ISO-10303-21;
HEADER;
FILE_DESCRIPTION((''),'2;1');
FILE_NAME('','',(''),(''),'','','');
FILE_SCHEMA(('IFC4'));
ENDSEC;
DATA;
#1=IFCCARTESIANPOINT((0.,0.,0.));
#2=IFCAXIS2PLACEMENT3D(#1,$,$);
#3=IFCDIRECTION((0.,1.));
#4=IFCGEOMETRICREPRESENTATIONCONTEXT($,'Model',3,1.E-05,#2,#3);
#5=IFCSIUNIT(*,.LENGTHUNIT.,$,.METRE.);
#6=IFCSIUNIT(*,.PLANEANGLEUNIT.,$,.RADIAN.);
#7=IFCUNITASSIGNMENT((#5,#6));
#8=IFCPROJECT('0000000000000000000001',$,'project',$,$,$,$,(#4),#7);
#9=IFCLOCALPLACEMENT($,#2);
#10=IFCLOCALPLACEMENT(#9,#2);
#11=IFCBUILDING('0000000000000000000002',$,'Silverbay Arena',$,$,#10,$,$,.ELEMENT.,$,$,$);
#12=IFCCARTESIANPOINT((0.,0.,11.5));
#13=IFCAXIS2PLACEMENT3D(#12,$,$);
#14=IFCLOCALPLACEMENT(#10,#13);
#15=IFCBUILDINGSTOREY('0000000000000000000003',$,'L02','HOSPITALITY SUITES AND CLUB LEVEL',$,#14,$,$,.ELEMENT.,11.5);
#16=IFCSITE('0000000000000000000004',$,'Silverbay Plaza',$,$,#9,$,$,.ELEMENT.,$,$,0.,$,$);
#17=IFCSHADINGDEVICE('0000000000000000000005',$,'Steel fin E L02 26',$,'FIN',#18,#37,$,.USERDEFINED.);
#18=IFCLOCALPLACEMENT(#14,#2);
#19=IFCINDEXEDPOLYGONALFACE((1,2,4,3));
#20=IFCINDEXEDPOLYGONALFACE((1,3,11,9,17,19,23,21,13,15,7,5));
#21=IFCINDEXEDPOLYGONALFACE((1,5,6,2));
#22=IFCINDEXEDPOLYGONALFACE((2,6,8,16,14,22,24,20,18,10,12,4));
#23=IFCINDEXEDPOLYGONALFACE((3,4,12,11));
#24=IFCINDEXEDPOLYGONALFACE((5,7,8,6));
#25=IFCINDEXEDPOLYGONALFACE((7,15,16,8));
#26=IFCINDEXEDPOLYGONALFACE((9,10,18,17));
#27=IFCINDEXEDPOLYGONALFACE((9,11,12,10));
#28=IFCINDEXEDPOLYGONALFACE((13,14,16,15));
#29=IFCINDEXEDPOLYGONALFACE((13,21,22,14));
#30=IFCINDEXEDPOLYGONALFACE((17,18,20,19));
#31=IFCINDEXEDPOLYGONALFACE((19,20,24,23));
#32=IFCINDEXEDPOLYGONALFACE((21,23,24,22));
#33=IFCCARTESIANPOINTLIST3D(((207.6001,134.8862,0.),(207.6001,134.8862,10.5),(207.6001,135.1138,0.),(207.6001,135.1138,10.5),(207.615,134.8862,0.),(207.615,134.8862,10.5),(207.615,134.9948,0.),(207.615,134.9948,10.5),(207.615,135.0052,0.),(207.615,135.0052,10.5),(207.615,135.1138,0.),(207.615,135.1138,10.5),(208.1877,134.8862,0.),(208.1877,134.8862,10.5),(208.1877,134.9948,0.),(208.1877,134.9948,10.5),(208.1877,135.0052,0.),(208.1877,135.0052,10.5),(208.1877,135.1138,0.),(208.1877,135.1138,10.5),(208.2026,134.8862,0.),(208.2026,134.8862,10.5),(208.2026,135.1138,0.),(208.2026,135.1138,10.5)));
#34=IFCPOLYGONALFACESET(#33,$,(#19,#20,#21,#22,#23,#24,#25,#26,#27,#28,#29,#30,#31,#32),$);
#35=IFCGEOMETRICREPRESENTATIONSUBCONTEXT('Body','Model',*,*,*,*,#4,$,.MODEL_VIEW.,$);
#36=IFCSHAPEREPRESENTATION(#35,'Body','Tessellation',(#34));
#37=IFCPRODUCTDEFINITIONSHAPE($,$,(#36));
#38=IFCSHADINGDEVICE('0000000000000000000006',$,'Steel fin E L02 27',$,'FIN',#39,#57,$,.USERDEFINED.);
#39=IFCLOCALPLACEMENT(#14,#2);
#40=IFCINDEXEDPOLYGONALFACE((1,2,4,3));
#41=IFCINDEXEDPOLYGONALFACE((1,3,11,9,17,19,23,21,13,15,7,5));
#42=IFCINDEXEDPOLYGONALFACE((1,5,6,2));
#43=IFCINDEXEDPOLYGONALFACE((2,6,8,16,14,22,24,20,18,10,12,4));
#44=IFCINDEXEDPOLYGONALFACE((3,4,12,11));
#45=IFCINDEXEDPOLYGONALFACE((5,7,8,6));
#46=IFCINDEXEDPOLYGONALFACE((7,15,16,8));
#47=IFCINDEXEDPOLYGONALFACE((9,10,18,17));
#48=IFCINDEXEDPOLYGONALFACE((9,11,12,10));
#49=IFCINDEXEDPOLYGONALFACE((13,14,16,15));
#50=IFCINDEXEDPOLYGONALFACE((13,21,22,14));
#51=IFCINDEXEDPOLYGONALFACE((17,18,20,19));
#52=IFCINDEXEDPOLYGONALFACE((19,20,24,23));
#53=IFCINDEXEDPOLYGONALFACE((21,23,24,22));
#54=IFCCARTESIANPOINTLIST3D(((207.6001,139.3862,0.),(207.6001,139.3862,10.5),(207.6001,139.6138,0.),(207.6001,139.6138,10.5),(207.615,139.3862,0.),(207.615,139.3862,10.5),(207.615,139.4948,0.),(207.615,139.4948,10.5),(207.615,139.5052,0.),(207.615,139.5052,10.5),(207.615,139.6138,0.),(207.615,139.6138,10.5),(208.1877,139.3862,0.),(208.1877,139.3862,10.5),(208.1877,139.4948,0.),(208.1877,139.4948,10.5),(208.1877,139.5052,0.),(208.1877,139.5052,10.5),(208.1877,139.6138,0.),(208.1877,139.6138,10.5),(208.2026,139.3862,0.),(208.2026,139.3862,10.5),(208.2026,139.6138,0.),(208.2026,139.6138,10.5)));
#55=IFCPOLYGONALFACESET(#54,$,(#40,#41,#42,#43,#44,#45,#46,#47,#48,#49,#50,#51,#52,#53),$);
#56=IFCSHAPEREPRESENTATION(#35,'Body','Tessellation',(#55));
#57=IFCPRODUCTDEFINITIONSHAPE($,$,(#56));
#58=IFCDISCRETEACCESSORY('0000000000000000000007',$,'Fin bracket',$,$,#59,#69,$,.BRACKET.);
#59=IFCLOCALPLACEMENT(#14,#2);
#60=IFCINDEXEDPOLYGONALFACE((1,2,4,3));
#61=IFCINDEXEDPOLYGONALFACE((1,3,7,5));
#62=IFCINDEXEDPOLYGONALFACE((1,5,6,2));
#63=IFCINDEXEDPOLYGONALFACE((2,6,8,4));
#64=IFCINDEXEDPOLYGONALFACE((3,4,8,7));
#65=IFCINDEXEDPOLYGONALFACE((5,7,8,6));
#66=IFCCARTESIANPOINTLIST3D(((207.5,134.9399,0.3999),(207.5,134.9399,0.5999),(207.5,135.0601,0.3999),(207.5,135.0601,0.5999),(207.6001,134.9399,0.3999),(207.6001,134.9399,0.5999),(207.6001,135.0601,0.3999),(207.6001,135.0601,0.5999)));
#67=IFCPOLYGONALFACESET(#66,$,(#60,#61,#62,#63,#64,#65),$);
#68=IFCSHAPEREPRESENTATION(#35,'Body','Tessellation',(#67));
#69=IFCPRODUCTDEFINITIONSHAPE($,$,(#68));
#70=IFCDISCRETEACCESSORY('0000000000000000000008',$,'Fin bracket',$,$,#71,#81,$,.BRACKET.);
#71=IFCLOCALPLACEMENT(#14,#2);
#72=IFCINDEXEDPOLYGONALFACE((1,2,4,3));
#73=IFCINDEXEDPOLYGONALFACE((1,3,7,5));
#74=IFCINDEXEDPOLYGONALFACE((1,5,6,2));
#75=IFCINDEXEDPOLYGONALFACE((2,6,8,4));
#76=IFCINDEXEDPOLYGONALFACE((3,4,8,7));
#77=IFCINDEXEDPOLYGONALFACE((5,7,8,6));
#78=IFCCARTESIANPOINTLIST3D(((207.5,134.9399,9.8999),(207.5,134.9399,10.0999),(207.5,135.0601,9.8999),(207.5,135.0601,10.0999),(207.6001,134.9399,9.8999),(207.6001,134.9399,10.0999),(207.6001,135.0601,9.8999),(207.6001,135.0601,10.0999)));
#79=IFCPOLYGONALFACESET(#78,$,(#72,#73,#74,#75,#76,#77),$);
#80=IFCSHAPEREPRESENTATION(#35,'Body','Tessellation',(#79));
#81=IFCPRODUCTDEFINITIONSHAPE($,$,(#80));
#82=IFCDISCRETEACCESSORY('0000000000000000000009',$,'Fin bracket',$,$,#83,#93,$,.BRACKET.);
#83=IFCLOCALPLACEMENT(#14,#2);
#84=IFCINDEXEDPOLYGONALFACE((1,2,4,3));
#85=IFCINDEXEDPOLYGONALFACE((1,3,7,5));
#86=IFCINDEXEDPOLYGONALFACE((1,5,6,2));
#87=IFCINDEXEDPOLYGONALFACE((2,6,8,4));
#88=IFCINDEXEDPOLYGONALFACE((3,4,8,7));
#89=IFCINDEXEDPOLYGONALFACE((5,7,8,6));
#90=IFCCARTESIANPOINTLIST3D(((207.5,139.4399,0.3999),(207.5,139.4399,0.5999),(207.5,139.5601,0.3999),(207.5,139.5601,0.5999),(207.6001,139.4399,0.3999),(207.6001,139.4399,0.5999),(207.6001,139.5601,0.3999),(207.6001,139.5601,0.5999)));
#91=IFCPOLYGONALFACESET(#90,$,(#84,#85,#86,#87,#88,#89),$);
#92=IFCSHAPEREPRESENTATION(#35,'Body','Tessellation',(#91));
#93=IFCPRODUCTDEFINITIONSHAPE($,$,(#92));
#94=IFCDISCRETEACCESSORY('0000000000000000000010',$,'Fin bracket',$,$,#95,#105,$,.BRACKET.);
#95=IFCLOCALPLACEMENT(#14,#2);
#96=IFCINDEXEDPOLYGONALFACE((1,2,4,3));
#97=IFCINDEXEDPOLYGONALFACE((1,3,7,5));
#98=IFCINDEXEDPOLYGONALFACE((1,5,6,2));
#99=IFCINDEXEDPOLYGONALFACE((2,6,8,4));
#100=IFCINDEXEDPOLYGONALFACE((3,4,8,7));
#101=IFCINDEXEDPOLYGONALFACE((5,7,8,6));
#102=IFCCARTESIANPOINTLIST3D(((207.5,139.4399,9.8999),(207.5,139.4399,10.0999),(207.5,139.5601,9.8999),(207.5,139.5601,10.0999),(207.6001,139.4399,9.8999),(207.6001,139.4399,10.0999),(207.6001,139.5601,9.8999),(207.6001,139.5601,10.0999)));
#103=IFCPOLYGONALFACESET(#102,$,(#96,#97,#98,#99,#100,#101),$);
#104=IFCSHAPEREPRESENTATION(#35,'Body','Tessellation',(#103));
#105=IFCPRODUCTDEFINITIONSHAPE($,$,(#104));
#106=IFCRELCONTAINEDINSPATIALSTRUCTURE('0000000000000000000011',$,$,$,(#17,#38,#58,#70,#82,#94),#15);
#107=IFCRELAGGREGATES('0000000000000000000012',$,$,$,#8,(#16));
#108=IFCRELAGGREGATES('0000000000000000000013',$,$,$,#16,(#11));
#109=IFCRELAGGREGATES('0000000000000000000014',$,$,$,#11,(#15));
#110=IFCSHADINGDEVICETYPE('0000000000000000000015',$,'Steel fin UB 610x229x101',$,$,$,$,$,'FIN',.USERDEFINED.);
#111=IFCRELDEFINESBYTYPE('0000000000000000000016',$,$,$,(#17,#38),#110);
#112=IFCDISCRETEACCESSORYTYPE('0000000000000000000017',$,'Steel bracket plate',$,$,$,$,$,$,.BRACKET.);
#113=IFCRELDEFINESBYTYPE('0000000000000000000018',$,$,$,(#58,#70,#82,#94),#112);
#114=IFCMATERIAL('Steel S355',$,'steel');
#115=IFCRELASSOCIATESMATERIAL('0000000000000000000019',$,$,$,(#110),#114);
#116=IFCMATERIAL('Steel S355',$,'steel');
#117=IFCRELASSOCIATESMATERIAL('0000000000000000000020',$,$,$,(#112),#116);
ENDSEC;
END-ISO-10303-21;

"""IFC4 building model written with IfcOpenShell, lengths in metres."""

from ifc_helpers import new_model, si_unit, direction, frame, origin, origin_2d, place, context, subcontext, project, spatial, rectangle, i_section, extrude, material, material_profile, profile_set, type_object, element, save


model = new_model("IFC4")

# Units and contexts
model_context = context("Model", 3, precision=1e-05, world=origin(), true_north=direction((0.0, 1.0)))
body_context = subcontext(model_context, "Body", "Model", "MODEL_VIEW")
ifc_project = project(units=[si_unit("LENGTHUNIT", "METRE"), si_unit("PLANEANGLEUNIT", "RADIAN")], contexts=[model_context])

# Site, building, storey
site_placement = place(None, origin())
site = spatial("IfcSite", under=ifc_project, at=site_placement, Name="Silverbay Plaza", CompositionType="ELEMENT", RefElevation=0.0)
building_placement = place(site_placement, origin())
building = spatial("IfcBuilding", under=site, at=building_placement, Name="Silverbay Arena", CompositionType="ELEMENT")
storey_placement = place(building_placement, frame((0.0, 0.0, 11.5)))
storey = spatial("IfcBuildingStorey", under=building, at=storey_placement, Name="L02", Description="HOSPITALITY SUITES AND CLUB LEVEL", CompositionType="ELEMENT", Elevation=11.5)

# Shading devices
ifc_material_1 = material(Name="Steel S355", Category="steel")
ifc_material_profile_1 = material_profile(ifc_material_1, i_section(OverallWidth=0.2275, OverallDepth=0.6025, WebThickness=0.0105, FlangeThickness=0.0149, at=origin_2d()), Name="UB 610x229x101")
ifc_profile_set_1 = profile_set([ifc_material_profile_1], Name="Steel S355")
shading_device_type = type_object("IfcShadingDeviceType", Name="Steel fin UB 610x229x101", ElementType="FIN", PredefinedType="USERDEFINED", material=ifc_profile_set_1)
for number, where, z_axis, x_axis, name in (
    (1, (207.9014, 135.0, 0.0), (0.0, 0.0, 1.0), (0.0, 1.0, 0.0), "Steel fin E L02 26"),
    (2, (207.9014, 139.5, 0.0), (0.0, 0.0, 1.0), (0.0, 1.0, 0.0), "Steel fin E L02 27"),
):
    element("IfcShadingDevice", number, at=place(storey_placement, frame(where, z_axis=z_axis, x_axis=x_axis)), inside=storey, type_object=shading_device_type, Name=name, ObjectType="FIN", PredefinedType="USERDEFINED", context=body_context, shape_type="SweptSolid", body=[
        extrude(i_section(OverallWidth=0.2275, OverallDepth=0.6025, WebThickness=0.0105, FlangeThickness=0.0149, at=origin_2d()), origin(), (0.0, 0.0, 1.0), 10.5),
    ])

# Discrete accessories
ifc_material_2 = material(Name="Steel S355", Category="steel")
discrete_accessory_type = type_object("IfcDiscreteAccessoryType", Name="Steel bracket plate", PredefinedType="BRACKET", material=ifc_material_2)
for number, where, z_axis, x_axis, name in (
    (3, (207.55, 135.0, 0.3999), (0.0, 0.0, 1.0), (1.0, 0.0, 0.0), "Fin bracket"),
    (4, (207.55, 135.0, 9.8999), (0.0, 0.0, 1.0), (1.0, 0.0, 0.0), "Fin bracket"),
    (5, (207.55, 139.5, 0.3999), (0.0, 0.0, 1.0), (1.0, 0.0, 0.0), "Fin bracket"),
    (6, (207.55, 139.5, 9.8999), (0.0, 0.0, 1.0), (1.0, 0.0, 0.0), "Fin bracket"),
):
    element("IfcDiscreteAccessory", number, at=place(storey_placement, frame(where, z_axis=z_axis, x_axis=x_axis)), inside=storey, type_object=discrete_accessory_type, Name=name, PredefinedType="BRACKET", context=body_context, shape_type="SweptSolid", body=[
        extrude(rectangle(XDim=0.1001, YDim=0.1201, at=origin_2d()), origin(), (0.0, 0.0, 1.0), 0.2),
    ])

save(model, "model.ifc")
